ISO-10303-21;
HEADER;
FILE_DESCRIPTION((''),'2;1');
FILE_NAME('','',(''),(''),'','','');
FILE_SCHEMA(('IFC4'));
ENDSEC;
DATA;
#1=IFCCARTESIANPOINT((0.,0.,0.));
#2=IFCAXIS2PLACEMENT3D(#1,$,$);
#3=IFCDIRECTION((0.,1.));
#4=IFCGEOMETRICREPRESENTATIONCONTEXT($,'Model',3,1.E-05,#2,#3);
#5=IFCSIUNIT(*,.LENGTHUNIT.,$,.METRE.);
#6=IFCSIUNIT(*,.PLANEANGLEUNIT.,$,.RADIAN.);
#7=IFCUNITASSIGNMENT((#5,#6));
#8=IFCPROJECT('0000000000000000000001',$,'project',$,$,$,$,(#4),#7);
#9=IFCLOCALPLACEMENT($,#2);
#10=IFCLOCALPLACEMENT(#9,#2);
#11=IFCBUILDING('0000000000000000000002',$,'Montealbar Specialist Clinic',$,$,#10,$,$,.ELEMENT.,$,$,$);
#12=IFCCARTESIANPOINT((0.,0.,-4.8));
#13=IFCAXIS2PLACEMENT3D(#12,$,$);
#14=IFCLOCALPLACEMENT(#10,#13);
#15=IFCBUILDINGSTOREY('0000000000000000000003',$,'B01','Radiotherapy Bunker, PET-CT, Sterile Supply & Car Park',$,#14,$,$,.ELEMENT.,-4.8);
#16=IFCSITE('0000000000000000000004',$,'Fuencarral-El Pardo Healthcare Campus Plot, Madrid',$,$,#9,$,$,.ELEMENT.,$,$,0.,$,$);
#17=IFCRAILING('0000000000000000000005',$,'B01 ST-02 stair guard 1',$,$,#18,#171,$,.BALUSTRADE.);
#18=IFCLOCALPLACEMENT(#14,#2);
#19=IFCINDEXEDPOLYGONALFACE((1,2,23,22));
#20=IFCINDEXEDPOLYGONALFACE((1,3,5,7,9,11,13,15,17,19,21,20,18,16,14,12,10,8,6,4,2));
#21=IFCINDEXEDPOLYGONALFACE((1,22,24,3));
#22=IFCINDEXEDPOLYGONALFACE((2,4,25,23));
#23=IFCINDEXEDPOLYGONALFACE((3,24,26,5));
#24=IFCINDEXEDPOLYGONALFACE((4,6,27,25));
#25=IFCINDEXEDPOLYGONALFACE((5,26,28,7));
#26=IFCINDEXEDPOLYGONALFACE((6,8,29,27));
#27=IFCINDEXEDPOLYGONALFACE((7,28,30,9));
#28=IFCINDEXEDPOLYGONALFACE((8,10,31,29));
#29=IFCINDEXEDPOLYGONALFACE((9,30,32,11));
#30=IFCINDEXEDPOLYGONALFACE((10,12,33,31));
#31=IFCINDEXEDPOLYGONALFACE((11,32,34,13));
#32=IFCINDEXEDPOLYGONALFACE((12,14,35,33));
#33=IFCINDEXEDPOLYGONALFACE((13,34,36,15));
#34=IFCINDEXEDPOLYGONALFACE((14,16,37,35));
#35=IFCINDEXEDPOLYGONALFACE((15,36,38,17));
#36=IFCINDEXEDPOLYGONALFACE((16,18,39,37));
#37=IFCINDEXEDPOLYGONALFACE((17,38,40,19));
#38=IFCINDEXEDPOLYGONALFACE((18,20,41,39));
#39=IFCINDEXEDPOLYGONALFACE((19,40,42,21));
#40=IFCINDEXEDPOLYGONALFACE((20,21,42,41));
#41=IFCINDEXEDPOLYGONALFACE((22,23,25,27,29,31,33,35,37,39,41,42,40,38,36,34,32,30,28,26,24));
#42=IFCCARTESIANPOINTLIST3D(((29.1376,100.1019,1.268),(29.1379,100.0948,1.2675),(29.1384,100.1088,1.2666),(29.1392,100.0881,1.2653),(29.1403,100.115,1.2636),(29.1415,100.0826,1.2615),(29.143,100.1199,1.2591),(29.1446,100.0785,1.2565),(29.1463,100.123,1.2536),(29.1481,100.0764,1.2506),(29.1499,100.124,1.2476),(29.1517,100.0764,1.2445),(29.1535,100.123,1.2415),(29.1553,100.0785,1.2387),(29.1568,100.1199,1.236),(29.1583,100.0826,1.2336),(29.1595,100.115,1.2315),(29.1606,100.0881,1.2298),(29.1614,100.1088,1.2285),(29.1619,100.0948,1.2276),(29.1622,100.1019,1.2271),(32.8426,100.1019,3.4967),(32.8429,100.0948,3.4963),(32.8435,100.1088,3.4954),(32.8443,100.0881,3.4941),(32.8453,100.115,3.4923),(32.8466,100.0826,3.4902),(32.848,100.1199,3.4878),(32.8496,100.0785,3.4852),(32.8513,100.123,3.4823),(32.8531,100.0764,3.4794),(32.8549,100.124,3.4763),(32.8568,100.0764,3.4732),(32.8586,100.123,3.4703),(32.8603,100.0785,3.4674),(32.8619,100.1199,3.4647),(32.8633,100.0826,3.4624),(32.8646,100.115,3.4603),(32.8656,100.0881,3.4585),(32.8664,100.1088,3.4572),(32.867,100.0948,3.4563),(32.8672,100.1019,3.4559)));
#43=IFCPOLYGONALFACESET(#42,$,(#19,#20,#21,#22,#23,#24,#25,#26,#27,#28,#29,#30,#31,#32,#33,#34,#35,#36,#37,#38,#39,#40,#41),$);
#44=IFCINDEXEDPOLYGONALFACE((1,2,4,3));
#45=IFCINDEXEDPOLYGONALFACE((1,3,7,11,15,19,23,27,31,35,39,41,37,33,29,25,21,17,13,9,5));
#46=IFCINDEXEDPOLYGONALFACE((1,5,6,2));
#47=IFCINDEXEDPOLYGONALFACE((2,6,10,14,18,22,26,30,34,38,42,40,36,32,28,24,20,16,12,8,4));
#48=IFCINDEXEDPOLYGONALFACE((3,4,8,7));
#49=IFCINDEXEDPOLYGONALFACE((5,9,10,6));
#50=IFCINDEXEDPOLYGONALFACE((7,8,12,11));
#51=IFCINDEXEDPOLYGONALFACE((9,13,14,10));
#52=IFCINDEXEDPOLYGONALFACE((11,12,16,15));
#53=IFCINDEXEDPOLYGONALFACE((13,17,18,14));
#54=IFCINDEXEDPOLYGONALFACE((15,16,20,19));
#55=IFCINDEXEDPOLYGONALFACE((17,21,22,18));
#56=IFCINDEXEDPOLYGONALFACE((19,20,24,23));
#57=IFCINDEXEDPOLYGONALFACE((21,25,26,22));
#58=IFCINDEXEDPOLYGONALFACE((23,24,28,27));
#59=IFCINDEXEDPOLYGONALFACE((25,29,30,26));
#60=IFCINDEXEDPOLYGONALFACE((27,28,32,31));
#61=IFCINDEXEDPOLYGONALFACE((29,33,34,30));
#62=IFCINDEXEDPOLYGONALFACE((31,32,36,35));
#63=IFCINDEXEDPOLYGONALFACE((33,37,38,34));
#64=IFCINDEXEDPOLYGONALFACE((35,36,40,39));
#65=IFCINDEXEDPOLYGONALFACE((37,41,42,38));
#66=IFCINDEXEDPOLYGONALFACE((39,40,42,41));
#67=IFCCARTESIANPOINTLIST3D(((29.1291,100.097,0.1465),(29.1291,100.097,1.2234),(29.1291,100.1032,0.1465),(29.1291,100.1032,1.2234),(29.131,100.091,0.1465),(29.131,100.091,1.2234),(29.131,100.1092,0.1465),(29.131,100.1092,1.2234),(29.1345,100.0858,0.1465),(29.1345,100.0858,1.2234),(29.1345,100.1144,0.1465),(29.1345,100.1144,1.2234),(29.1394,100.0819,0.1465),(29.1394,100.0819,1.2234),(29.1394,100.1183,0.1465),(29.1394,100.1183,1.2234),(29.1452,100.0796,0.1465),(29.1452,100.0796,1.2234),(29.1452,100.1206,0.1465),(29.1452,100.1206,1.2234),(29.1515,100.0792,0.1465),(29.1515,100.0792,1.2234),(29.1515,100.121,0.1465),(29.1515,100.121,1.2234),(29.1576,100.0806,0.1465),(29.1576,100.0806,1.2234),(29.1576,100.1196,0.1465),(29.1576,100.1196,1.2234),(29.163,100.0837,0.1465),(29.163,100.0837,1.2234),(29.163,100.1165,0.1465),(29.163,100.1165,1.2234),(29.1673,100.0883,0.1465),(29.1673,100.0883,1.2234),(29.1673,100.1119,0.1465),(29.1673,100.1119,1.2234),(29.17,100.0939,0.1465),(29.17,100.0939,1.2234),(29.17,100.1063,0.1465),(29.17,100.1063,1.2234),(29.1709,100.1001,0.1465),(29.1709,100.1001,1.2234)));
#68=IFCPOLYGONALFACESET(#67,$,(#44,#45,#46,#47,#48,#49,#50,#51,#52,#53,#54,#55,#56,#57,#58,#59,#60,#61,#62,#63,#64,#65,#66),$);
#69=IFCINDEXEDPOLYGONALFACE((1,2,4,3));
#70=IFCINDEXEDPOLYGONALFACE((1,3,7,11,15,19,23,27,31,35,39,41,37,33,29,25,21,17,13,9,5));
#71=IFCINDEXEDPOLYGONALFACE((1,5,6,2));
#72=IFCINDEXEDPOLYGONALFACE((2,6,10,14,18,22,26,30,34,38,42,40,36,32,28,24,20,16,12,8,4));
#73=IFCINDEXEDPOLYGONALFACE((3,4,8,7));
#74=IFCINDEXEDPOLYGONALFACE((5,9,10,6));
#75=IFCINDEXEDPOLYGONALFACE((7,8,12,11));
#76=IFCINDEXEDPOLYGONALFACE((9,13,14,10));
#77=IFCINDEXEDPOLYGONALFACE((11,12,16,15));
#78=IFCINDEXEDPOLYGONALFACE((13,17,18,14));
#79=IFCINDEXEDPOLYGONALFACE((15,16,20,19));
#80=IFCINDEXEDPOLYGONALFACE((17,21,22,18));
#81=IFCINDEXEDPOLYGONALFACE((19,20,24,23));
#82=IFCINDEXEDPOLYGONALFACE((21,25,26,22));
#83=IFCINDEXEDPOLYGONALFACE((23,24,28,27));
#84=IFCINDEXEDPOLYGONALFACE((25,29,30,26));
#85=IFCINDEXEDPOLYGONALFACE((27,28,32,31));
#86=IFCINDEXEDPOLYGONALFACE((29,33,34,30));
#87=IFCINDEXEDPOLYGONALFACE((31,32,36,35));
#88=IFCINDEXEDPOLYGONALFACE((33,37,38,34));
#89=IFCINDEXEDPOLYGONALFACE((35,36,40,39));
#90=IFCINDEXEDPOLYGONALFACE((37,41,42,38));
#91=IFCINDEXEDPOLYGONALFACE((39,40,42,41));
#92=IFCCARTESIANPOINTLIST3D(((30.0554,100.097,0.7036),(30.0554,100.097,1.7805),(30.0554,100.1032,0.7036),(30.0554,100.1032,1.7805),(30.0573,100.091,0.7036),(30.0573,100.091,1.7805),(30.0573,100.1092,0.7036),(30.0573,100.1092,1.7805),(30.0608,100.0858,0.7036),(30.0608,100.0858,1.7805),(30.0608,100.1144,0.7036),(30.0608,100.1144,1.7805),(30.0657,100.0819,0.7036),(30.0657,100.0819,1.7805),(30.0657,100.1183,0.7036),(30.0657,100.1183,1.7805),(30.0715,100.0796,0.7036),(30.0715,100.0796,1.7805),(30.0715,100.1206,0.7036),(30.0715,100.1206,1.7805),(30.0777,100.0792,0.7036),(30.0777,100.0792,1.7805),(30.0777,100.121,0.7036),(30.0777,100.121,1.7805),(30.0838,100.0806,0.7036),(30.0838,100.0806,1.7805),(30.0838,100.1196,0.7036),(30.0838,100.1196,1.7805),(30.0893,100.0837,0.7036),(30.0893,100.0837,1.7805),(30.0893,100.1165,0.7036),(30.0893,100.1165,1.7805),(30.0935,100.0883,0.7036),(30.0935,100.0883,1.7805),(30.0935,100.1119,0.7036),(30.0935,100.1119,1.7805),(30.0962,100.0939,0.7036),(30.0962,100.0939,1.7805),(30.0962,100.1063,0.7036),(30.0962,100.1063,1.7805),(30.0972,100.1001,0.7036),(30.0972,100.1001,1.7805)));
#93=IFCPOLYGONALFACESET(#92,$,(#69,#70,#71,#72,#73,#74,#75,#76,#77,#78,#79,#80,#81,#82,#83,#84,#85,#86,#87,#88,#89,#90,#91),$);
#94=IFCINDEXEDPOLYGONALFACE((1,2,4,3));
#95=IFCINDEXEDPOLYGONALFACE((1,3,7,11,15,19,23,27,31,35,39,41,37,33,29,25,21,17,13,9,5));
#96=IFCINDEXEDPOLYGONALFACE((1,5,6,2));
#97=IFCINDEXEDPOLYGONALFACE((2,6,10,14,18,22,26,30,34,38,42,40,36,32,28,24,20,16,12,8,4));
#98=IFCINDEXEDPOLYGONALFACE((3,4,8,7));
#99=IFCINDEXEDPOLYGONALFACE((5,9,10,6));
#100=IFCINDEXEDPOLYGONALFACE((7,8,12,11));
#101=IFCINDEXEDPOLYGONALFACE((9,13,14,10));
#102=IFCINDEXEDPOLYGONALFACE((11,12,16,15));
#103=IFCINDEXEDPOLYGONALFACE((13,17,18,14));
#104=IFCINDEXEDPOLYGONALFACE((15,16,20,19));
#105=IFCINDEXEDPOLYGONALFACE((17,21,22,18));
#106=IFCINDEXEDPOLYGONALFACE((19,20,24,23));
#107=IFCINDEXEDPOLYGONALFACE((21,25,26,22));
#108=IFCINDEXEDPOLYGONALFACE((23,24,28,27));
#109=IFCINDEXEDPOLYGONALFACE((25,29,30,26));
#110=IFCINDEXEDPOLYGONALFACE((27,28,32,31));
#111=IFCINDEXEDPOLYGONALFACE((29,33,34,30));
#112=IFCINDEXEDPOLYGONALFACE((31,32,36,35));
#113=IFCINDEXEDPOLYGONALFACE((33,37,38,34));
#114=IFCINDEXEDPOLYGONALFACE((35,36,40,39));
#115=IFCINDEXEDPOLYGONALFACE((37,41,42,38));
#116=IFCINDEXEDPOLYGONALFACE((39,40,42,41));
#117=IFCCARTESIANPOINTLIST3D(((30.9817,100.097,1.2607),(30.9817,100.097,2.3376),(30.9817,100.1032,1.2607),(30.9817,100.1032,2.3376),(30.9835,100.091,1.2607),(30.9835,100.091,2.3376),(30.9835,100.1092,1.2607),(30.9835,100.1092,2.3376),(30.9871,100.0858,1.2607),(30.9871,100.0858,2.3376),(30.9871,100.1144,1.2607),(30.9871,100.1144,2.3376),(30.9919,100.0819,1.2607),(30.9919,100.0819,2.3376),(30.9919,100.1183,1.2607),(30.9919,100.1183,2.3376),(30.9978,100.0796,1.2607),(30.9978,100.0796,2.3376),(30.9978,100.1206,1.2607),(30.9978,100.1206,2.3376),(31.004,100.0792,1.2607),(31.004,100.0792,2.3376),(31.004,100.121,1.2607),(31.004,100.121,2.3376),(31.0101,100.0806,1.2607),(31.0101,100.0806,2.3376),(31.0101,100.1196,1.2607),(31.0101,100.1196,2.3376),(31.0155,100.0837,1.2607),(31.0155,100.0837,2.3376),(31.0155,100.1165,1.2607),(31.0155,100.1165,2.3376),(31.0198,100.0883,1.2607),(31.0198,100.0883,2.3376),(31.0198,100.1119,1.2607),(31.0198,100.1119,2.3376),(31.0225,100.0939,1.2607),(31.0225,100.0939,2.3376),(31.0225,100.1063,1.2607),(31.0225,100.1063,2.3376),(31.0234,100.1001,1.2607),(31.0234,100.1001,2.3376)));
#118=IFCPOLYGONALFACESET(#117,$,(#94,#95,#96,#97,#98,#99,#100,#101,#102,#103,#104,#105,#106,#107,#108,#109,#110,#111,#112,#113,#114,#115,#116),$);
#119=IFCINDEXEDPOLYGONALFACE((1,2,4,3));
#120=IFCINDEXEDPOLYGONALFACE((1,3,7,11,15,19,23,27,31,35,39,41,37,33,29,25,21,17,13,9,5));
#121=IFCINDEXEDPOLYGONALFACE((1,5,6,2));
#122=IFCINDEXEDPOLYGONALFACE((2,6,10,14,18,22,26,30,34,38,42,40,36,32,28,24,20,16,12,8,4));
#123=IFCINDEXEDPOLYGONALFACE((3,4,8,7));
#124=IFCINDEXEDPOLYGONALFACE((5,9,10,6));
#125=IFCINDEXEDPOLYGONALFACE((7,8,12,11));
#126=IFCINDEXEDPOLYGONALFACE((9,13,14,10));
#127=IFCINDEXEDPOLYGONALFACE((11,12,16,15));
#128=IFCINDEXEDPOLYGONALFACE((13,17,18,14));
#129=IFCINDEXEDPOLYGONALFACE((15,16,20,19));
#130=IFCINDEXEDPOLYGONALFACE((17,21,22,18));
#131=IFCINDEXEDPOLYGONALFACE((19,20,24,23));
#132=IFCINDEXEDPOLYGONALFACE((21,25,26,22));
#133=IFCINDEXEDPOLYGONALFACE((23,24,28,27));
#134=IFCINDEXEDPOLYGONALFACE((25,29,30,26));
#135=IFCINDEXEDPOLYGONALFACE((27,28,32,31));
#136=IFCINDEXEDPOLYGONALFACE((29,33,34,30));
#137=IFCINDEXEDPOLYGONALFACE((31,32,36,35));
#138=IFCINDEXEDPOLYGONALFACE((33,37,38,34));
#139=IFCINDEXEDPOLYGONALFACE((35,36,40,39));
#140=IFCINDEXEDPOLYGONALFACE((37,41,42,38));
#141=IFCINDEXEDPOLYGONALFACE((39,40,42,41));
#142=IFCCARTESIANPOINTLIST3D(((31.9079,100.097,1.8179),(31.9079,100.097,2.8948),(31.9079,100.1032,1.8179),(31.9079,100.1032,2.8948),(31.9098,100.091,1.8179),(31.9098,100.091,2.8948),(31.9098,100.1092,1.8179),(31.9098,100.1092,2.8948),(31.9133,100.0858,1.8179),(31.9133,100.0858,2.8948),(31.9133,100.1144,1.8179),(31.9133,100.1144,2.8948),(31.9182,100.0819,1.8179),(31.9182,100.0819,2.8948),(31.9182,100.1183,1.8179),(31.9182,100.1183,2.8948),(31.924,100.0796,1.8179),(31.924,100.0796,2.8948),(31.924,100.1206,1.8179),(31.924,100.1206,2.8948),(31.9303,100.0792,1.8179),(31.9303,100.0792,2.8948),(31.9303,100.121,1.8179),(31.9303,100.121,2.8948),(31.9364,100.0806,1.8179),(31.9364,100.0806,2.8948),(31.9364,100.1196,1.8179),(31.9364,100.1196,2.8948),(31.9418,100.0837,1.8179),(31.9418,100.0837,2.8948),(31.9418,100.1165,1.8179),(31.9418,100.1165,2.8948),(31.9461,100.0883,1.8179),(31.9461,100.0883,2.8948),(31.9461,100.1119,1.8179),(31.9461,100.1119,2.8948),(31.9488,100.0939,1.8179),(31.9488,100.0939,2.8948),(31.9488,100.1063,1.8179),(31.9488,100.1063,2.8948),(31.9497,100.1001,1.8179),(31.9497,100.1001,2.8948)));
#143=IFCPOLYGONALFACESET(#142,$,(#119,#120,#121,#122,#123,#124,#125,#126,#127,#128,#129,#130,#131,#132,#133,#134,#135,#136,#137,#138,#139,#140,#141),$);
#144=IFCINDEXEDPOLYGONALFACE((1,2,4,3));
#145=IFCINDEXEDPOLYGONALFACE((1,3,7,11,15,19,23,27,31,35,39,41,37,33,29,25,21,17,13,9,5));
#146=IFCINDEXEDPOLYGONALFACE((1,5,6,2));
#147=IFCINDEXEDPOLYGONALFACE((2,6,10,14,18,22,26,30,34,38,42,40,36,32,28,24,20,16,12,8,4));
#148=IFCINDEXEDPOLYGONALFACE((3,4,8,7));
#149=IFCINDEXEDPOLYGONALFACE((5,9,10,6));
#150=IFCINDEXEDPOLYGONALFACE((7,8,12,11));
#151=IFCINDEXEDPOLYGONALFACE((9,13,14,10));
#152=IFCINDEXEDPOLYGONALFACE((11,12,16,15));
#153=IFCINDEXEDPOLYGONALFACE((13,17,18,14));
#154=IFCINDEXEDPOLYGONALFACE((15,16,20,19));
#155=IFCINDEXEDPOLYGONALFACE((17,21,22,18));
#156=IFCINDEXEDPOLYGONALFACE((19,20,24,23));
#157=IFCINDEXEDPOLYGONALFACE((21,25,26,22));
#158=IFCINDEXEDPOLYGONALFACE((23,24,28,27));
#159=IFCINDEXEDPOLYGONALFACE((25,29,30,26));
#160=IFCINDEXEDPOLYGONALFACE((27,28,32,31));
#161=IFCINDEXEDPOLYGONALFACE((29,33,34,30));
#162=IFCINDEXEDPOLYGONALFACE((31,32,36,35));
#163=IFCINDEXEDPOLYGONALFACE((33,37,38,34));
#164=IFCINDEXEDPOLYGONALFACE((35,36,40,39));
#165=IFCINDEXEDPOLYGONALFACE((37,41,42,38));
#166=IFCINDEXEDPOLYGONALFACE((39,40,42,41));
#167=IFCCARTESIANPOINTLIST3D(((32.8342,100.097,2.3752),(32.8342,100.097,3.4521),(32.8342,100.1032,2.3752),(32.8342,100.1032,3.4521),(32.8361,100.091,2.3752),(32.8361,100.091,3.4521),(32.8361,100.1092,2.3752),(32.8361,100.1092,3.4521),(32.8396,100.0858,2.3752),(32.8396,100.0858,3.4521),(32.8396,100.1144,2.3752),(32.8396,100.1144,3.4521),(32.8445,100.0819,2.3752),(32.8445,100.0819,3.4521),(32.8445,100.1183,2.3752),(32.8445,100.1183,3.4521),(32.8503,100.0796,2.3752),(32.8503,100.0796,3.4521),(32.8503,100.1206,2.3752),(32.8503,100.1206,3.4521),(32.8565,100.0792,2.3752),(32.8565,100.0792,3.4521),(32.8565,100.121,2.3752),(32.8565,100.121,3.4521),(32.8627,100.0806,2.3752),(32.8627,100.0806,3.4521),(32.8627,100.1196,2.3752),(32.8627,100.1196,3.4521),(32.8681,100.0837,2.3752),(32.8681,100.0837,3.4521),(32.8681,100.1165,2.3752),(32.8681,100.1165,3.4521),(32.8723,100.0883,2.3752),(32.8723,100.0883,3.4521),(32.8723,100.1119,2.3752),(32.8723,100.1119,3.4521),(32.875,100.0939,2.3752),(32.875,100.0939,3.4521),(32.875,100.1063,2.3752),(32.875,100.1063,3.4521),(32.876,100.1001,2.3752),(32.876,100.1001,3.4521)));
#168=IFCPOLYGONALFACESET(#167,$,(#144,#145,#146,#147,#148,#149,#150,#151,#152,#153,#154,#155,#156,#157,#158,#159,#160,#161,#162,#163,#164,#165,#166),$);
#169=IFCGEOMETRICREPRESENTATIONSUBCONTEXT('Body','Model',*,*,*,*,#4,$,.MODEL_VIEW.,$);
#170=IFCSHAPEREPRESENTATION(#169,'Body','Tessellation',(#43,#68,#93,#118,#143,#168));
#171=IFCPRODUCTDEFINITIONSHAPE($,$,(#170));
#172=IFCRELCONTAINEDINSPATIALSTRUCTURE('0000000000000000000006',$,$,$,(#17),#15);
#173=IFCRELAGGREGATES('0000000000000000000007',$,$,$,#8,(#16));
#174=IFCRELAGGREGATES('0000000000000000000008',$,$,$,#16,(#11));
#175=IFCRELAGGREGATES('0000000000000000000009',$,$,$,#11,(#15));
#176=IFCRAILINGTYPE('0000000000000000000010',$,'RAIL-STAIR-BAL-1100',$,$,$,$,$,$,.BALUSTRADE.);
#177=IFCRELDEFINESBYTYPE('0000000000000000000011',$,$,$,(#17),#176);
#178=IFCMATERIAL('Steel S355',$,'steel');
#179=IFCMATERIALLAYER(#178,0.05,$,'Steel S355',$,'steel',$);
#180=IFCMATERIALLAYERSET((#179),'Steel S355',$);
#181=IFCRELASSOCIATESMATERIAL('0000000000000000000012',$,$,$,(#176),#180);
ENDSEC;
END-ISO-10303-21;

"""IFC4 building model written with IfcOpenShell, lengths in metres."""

from ifc_helpers import new_model, si_unit, direction, frame, origin, origin_2d, place, context, subcontext, project, spatial, circle, extrude, material, layer, layer_set, type_object, element, save


model = new_model("IFC4")

# Units and contexts
model_context = context("Model", 3, precision=1e-05, world=origin(), true_north=direction((0.0, 1.0)))
body_context = subcontext(model_context, "Body", "Model", "MODEL_VIEW")
ifc_project = project(units=[si_unit("LENGTHUNIT", "METRE"), si_unit("PLANEANGLEUNIT", "RADIAN")], contexts=[model_context])

# Site, building, storey
site_placement = place(None, origin())
site = spatial("IfcSite", under=ifc_project, at=site_placement, Name="Fuencarral-El Pardo Healthcare Campus Plot, Madrid", CompositionType="ELEMENT", RefElevation=0.0)
building_placement = place(site_placement, origin())
building = spatial("IfcBuilding", under=site, at=building_placement, Name="Montealbar Specialist Clinic", CompositionType="ELEMENT")
storey_placement = place(building_placement, frame((0.0, 0.0, -4.8)))
storey = spatial("IfcBuildingStorey", under=building, at=storey_placement, Name="B01", Description="Radiotherapy Bunker, PET-CT, Sterile Supply & Car Park", CompositionType="ELEMENT", Elevation=-4.8)

# Shared definitions
ifc_material_1 = material(Name="Steel S355", Category="steel")

# Railing
ifc_layer_1 = layer(ifc_material_1, 0.05, Name="Steel S355", Category="steel")
ifc_layer_set_1 = layer_set([ifc_layer_1], Name="Steel S355")
railing_type_1 = type_object("IfcRailingType", Name="RAIL-STAIR-BAL-1100", PredefinedType="BALUSTRADE", material=ifc_layer_set_1)
railing_1_placement = place(storey_placement, frame((29.1499, 100.1001, 0.1714)))
element("IfcRailing", 1, at=railing_1_placement, inside=storey, type_object=railing_type_1, Name="B01 ST-02 stair guard 1", PredefinedType="BALUSTRADE", context=body_context, shape_type="SweptSolid", body=[
    extrude(circle(Radius=0.0239, at=origin_2d()), frame((0.0, 0.0, 1.0762), z_axis=(0.856909, 0.0, 0.515467), x_axis=(0.0, 1.0, 0.0)), (0.0, 0.0, 1.0), 4.3237),
    extrude(circle(Radius=0.021, at=origin_2d()), frame((0.0, 0.0, -0.0249)), (0.0, 0.0, 1.0), 1.0769),
    extrude(circle(Radius=0.021, at=origin_2d()), frame((0.9263, 0.0, 0.5322)), (0.0, 0.0, 1.0), 1.0769),
    extrude(circle(Radius=0.021, at=origin_2d()), frame((1.8525, 0.0, 1.0894)), (0.0, 0.0, 1.0), 1.0769),
    extrude(circle(Radius=0.021, at=origin_2d()), frame((2.7788, 0.0, 1.6465)), (0.0, 0.0, 1.0), 1.0769),
    extrude(circle(Radius=0.021, at=origin_2d()), frame((3.7051, 0.0, 2.2039)), (0.0, 0.0, 1.0), 1.0769),
])

save(model, "model.ifc")
